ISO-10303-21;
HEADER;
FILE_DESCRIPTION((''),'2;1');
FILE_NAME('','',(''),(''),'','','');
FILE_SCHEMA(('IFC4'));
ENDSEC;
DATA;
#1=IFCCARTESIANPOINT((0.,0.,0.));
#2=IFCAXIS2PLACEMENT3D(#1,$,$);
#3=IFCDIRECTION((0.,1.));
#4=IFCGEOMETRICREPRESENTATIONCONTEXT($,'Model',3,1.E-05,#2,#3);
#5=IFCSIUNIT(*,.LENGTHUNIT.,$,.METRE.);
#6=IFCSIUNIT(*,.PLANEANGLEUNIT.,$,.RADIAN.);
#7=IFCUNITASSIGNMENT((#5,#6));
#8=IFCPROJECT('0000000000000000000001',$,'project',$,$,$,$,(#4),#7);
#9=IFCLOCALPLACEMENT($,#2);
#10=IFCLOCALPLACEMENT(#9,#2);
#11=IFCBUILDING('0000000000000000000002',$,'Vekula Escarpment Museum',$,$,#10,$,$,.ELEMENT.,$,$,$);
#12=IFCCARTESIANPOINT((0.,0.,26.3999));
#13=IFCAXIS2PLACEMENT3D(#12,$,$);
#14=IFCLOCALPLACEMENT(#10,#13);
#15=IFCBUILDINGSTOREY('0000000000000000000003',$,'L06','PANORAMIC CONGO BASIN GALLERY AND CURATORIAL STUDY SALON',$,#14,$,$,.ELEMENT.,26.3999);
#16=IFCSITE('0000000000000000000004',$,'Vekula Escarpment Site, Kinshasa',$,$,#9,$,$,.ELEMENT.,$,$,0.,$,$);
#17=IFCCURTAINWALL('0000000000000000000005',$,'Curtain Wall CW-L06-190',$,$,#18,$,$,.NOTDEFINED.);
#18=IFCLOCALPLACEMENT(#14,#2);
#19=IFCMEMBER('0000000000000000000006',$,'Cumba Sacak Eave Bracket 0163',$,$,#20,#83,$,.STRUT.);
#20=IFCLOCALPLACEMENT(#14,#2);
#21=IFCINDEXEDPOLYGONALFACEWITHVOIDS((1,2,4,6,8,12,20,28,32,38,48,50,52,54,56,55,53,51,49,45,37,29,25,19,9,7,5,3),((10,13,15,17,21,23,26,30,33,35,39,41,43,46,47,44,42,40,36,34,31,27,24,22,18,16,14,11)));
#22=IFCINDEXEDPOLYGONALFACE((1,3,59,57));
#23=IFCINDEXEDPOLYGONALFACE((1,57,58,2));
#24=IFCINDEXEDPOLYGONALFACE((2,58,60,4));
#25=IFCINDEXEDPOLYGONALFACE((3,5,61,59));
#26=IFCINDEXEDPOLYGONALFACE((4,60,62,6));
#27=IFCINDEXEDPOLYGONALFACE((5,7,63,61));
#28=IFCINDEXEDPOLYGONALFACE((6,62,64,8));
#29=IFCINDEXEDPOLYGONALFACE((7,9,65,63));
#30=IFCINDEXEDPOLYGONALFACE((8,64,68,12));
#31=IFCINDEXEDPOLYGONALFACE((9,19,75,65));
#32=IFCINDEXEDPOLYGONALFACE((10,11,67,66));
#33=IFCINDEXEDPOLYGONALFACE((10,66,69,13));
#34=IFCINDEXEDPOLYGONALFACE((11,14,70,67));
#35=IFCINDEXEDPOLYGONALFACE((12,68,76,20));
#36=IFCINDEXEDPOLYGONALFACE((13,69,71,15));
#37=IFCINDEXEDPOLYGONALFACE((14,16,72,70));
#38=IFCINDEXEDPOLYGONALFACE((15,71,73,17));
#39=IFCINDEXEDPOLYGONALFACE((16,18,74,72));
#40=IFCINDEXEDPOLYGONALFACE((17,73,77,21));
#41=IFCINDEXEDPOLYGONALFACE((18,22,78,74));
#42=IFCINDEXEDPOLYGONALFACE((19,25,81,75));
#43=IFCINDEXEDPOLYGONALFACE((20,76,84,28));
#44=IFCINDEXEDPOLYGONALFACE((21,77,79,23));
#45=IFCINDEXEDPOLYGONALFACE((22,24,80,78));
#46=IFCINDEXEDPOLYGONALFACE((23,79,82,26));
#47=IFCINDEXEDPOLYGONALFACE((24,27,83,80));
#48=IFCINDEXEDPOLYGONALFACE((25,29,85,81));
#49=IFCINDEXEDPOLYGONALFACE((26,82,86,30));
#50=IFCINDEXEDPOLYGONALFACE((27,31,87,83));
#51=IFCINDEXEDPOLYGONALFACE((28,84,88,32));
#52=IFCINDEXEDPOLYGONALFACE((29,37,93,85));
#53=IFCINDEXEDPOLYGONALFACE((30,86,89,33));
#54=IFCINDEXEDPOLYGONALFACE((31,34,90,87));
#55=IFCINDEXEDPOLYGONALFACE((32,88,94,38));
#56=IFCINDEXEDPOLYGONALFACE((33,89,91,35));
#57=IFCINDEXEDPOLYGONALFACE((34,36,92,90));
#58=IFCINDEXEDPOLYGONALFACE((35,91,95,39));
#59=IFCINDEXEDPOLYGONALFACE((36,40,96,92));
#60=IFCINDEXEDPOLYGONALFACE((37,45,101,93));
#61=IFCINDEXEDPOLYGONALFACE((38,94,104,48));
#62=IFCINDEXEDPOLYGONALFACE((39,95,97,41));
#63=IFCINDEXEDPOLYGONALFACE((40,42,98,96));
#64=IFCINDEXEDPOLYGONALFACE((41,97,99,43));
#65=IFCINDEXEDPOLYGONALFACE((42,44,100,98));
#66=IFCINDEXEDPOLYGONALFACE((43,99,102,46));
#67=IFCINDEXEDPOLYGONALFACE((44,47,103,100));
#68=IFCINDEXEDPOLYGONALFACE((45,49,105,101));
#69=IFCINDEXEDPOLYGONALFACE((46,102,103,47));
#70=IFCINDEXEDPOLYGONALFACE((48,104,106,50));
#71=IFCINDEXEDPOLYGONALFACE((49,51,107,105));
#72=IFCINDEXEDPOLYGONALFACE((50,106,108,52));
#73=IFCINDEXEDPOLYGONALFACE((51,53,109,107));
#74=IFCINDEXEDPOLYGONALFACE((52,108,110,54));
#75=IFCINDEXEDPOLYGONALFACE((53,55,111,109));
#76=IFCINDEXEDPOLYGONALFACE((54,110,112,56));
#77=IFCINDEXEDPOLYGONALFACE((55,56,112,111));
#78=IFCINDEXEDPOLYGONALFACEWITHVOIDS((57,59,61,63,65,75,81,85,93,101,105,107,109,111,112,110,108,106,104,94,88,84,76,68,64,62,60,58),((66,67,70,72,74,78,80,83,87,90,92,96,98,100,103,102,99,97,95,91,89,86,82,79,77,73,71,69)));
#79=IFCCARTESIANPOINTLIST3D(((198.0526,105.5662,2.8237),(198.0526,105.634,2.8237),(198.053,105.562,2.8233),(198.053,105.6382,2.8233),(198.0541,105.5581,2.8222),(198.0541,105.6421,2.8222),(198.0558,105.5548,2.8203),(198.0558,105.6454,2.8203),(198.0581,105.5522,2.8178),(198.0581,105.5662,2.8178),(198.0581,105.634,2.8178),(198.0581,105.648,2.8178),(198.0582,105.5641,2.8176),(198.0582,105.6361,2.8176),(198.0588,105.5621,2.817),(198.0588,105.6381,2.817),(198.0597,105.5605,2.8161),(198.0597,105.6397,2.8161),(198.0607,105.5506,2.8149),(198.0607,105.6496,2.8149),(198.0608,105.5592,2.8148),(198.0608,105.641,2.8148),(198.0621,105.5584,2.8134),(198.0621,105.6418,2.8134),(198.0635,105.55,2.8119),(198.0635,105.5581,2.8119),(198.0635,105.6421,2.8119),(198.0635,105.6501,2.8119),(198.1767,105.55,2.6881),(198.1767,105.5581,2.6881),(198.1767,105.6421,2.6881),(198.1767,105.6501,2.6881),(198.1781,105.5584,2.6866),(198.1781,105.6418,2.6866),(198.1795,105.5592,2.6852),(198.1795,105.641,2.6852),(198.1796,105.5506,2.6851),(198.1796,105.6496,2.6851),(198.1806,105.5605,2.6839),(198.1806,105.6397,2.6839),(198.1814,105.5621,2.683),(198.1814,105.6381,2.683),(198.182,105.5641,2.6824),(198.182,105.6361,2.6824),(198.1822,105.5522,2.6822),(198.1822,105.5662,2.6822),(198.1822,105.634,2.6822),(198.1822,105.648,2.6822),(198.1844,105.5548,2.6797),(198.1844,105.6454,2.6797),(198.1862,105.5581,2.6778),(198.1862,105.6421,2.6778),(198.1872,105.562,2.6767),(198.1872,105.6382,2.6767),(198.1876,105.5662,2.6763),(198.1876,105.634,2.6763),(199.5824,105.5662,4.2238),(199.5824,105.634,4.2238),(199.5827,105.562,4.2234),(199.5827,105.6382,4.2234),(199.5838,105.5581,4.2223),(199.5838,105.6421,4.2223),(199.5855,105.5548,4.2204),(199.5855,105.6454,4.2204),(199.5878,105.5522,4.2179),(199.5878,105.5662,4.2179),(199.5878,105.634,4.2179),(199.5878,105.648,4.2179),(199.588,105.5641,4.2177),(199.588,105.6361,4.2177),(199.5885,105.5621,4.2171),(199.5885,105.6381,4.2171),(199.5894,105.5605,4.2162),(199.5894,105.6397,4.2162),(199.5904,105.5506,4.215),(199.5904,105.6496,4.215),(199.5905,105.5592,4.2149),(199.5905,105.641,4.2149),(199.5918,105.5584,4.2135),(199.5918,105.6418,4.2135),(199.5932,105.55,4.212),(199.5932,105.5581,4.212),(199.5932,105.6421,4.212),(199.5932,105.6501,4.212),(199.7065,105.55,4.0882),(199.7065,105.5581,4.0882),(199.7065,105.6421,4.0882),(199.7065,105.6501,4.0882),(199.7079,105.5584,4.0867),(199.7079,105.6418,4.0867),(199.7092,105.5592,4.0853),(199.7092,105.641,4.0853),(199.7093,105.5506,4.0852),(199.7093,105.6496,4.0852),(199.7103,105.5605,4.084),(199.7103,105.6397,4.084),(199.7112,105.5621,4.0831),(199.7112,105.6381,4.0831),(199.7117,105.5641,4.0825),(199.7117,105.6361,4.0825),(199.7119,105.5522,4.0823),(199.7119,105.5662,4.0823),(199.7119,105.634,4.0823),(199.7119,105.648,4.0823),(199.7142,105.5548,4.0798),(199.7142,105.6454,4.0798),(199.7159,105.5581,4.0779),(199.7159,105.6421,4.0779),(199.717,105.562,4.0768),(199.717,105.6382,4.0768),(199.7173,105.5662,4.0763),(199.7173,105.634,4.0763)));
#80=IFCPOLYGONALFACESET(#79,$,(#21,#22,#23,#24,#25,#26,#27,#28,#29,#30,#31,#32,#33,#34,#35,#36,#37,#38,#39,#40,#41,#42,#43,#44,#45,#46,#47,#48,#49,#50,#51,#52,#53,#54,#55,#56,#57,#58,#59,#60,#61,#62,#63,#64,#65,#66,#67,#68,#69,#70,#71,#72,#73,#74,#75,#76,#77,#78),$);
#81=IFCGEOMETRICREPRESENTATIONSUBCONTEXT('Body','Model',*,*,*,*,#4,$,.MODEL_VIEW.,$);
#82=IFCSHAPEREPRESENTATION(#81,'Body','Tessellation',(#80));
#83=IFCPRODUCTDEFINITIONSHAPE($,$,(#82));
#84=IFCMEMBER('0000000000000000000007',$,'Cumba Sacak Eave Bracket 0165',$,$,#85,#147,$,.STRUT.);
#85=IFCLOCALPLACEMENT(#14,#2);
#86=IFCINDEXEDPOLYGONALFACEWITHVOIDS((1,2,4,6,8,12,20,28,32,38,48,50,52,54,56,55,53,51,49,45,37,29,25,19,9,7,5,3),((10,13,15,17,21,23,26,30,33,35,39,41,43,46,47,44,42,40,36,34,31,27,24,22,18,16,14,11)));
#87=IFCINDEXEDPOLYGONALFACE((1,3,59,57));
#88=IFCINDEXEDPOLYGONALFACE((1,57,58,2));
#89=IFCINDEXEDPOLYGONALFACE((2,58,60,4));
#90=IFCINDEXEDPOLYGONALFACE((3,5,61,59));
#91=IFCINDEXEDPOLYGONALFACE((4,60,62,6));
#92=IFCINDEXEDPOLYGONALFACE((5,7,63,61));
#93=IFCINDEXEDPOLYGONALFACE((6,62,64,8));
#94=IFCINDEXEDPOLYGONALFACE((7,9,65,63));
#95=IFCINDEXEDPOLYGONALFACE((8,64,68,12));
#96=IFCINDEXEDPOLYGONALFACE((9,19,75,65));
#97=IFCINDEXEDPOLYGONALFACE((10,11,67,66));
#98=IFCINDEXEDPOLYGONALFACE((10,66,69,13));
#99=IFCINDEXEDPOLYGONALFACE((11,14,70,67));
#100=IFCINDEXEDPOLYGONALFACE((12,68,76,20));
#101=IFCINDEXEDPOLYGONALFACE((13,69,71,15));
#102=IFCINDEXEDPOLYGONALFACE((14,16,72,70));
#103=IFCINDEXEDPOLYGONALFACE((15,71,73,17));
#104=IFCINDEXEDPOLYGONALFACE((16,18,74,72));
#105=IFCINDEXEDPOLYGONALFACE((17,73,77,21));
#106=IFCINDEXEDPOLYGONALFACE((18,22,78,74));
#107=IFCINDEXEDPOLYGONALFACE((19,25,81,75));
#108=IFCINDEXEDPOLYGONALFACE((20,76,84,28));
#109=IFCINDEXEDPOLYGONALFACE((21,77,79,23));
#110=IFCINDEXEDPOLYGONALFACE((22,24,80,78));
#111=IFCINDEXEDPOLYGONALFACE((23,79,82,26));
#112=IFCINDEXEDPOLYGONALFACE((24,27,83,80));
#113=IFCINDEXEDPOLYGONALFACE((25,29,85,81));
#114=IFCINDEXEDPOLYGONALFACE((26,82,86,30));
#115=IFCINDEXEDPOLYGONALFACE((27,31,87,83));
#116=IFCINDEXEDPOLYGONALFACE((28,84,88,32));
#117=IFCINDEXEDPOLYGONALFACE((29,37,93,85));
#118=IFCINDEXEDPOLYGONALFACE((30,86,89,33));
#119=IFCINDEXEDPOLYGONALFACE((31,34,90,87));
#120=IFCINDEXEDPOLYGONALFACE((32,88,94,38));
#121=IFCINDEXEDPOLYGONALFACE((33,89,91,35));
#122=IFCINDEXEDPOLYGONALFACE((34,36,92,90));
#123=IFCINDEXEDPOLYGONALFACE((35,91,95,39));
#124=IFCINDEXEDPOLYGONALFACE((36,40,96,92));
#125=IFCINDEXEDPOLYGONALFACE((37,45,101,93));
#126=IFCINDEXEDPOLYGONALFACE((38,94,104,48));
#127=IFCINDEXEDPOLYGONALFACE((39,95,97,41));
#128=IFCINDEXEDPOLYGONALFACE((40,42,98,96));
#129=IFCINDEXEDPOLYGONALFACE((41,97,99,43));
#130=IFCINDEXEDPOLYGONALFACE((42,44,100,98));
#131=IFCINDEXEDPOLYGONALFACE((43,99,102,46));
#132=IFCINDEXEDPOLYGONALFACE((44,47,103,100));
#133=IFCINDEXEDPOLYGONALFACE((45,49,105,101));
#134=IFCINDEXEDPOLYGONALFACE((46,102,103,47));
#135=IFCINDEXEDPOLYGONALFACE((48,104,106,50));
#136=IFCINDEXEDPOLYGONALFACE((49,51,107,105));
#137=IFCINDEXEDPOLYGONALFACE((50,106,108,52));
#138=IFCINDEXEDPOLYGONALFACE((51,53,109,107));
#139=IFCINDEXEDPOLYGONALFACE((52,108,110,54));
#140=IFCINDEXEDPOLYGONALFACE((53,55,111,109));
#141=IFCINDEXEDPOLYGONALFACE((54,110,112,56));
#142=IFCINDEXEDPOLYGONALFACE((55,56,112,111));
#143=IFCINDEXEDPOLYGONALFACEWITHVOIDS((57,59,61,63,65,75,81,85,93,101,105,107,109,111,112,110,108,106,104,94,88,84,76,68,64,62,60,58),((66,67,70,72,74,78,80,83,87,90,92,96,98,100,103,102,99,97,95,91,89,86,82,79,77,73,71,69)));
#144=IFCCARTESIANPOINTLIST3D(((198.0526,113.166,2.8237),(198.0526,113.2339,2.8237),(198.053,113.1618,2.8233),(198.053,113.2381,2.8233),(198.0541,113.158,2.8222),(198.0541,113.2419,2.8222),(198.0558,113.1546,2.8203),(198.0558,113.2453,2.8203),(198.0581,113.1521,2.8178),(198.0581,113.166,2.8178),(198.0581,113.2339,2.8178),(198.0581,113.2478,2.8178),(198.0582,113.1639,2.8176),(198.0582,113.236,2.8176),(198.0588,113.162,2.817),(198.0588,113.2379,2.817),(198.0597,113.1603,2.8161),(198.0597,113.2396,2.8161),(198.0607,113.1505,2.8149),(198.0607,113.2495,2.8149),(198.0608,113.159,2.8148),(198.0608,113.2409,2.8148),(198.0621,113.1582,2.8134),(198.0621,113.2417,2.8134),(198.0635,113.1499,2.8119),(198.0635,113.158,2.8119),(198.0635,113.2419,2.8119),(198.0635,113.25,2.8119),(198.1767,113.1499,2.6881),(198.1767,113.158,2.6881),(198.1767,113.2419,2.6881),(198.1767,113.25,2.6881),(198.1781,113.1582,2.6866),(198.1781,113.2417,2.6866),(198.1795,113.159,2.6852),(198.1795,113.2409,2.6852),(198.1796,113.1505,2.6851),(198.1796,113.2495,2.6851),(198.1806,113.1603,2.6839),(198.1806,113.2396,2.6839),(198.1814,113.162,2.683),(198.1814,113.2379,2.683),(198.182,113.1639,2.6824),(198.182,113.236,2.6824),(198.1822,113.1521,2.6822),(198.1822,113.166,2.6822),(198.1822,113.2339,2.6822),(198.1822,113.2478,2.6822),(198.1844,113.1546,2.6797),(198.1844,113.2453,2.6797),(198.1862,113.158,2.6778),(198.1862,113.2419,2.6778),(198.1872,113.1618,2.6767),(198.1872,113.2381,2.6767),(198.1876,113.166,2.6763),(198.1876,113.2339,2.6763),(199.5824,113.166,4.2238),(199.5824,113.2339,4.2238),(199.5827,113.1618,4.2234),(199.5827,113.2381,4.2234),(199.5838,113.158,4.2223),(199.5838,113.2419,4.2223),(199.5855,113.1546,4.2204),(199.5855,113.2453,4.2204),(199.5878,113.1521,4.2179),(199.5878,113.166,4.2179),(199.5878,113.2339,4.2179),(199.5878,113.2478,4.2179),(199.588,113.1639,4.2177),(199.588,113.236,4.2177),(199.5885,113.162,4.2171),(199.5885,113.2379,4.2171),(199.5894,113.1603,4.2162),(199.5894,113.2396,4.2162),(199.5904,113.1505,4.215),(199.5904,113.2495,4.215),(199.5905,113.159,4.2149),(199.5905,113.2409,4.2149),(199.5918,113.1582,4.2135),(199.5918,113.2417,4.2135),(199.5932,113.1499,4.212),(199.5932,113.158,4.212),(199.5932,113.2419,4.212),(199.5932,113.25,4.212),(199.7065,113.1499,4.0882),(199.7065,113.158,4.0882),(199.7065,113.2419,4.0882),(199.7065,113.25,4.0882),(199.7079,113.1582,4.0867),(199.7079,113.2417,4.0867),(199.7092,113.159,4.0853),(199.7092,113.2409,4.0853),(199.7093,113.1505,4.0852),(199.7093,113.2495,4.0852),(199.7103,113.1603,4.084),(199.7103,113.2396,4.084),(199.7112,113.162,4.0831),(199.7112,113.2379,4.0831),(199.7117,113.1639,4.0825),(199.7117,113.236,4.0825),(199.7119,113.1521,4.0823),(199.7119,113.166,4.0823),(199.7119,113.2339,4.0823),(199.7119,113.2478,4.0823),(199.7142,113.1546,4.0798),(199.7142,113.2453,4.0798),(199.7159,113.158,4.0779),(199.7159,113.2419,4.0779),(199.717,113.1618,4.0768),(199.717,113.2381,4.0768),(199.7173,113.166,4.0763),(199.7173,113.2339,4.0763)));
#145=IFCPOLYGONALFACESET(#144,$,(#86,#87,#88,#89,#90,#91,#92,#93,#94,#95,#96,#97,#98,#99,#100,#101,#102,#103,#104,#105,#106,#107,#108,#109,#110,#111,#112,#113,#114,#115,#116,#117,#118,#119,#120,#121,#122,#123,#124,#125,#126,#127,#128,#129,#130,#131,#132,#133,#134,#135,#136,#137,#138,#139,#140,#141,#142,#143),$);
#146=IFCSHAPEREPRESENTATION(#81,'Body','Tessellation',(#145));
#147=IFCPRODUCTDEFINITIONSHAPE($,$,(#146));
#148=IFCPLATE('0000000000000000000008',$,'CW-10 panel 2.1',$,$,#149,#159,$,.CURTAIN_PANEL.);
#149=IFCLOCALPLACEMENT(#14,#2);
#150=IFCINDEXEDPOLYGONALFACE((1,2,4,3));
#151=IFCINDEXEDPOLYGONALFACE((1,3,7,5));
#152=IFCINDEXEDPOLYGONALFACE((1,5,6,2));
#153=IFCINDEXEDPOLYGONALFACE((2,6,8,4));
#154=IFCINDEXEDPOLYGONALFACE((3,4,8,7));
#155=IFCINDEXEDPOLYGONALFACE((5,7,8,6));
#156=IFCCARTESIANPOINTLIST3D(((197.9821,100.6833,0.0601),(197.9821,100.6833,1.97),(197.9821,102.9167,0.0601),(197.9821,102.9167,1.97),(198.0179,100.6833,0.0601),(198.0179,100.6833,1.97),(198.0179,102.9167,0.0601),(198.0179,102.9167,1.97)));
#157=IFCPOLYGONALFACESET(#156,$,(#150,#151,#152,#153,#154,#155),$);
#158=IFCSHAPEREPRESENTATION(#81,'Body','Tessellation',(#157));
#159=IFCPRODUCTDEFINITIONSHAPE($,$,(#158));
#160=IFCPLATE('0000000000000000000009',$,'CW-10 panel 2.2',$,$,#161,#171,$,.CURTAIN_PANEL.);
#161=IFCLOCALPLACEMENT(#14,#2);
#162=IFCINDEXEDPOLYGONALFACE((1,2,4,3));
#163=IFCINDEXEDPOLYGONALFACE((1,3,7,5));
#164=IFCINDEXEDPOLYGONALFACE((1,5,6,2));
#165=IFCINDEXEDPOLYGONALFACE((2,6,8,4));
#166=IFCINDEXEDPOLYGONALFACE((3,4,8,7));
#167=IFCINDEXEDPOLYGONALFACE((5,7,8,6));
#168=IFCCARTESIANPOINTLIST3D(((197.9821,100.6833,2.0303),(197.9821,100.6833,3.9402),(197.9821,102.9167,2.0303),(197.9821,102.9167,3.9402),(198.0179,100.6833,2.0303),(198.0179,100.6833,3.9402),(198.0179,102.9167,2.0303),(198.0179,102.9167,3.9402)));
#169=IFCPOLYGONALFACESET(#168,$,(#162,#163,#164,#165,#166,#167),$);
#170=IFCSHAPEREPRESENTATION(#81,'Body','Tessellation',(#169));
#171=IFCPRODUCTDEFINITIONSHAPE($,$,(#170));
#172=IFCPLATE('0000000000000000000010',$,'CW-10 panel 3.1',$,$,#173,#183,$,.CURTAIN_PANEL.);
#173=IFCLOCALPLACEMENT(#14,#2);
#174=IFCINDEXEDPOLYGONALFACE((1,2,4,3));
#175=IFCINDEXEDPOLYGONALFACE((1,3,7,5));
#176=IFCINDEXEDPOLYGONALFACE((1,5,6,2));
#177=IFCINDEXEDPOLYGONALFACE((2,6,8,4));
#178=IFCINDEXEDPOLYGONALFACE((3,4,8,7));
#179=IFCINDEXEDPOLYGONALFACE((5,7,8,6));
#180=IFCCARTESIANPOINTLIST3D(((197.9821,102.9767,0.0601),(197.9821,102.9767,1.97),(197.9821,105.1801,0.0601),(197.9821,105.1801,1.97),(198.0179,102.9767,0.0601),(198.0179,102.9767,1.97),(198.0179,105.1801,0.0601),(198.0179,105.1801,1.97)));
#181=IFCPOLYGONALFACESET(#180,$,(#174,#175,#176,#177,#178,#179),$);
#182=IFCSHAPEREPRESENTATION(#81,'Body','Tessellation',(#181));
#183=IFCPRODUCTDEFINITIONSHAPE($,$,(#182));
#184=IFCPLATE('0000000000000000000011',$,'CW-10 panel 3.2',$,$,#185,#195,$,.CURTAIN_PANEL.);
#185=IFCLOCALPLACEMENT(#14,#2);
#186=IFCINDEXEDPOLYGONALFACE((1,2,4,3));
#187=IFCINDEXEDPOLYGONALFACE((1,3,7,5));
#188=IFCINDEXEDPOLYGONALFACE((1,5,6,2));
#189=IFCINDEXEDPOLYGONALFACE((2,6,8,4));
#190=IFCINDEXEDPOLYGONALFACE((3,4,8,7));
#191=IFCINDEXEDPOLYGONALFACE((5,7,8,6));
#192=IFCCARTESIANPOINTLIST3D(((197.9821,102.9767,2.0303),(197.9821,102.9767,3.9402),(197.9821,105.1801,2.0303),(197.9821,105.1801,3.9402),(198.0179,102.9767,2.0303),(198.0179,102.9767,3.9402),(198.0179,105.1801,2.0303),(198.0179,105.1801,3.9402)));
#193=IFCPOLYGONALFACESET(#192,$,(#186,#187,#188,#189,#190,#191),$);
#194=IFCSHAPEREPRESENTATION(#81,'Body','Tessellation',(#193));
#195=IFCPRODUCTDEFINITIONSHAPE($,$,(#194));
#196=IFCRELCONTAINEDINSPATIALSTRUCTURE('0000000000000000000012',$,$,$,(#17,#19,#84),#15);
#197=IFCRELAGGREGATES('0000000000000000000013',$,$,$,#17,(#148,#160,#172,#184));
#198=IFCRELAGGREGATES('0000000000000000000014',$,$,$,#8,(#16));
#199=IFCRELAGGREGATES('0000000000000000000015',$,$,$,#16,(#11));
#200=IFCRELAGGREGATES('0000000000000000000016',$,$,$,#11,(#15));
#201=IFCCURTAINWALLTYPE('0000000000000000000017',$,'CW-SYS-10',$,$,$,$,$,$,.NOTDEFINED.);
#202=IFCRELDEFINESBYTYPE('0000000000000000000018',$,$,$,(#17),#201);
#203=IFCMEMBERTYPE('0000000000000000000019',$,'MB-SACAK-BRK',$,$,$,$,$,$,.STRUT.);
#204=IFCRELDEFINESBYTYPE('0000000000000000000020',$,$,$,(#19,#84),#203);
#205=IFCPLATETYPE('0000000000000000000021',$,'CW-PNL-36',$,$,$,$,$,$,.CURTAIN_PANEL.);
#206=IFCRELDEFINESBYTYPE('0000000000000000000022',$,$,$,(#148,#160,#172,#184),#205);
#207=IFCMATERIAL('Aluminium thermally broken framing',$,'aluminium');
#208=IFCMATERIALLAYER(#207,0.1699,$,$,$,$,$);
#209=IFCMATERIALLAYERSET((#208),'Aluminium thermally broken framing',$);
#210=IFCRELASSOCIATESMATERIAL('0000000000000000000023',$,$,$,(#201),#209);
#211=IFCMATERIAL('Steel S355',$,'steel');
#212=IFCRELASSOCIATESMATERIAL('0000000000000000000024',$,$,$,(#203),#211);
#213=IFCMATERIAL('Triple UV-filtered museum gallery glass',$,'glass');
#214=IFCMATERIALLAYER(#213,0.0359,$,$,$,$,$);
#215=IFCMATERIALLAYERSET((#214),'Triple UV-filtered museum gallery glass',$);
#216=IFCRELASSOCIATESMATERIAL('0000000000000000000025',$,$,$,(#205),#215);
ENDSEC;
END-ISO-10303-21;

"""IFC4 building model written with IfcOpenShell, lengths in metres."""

from ifc_helpers import new_model, si_unit, direction, frame, origin, origin_2d, place, context, subcontext, project, spatial, rectangle, hollow_rectangle, extrude, material, layer, layer_set, material_profile, profile_set, type_object, element, aggregate, save


model = new_model("IFC4")

# Units and contexts
model_context = context("Model", 3, precision=1e-05, world=origin(), true_north=direction((0.0, 1.0)))
body_context = subcontext(model_context, "Body", "Model", "MODEL_VIEW")
ifc_project = project(units=[si_unit("LENGTHUNIT", "METRE"), si_unit("PLANEANGLEUNIT", "RADIAN")], contexts=[model_context])

# Site, building, storey
site_placement = place(None, origin())
site = spatial("IfcSite", under=ifc_project, at=site_placement, Name="Vekula Escarpment Site, Kinshasa", CompositionType="ELEMENT", RefElevation=0.0)
building_placement = place(site_placement, origin())
building = spatial("IfcBuilding", under=site, at=building_placement, Name="Vekula Escarpment Museum", CompositionType="ELEMENT")
storey_placement = place(building_placement, frame((0.0, 0.0, 26.3999)))
storey = spatial("IfcBuildingStorey", under=building, at=storey_placement, Name="L06", Description="PANORAMIC CONGO BASIN GALLERY AND CURATORIAL STUDY SALON", CompositionType="ELEMENT", Elevation=26.3999)

# Curtain wall
ifc_material_1 = material(Name="Aluminium thermally broken framing", Category="aluminium")
ifc_layer_1 = layer(ifc_material_1, 0.1699)
ifc_layer_set_1 = layer_set([ifc_layer_1], Name="Aluminium thermally broken framing")
curtain_wall_type = type_object("IfcCurtainWallType", Name="CW-SYS-10", PredefinedType="NOTDEFINED", material=ifc_layer_set_1)
curtain_wall_placement = place(storey_placement, origin())
curtain_wall = element("IfcCurtainWall", 1, at=curtain_wall_placement, inside=storey, type_object=curtain_wall_type, Name="Curtain Wall CW-L06-190", PredefinedType="NOTDEFINED")

# Members
ifc_material_2 = material(Name="Steel S355", Category="steel")
ifc_material_profile_1 = material_profile(ifc_material_2, hollow_rectangle(XDim=0.1001, YDim=0.2, WallThickness=0.0081, InnerFilletRadius=0.0081, OuterFilletRadius=0.0161, at=origin_2d()), Name="RHS 200x100x8")
ifc_profile_set_1 = profile_set([ifc_material_profile_1], Name="Steel S355")
member_type_1 = type_object("IfcMemberType", Name="MB-SACAK-BRK", PredefinedType="STRUT", material=ifc_profile_set_1)
for number, where, z_axis, x_axis, name in (
    (2, (198.1201, 105.6001, 2.75), (0.737672, 0.0, 0.675159), (0.0, 1.0, 0.0), "Cumba Sacak Eave Bracket 0163"),
    (3, (198.1201, 113.2, 2.75), (0.737672, 0.0, 0.675159), (0.0, 1.0, 0.0), "Cumba Sacak Eave Bracket 0165"),
):
    element("IfcMember", number, at=place(storey_placement, frame(where, z_axis=z_axis, x_axis=x_axis)), inside=storey, type_object=member_type_1, Name=name, PredefinedType="STRUT", context=body_context, shape_type="SweptSolid", body=[
        extrude(hollow_rectangle(XDim=0.1001, YDim=0.2, WallThickness=0.0081, InnerFilletRadius=0.0081, OuterFilletRadius=0.0161, at=origin_2d()), origin(), (0.0, 0.0, 1.0), 2.0737),
    ])

# Plates
ifc_material_3 = material(Name="Triple UV-filtered museum gallery glass", Category="glass")
ifc_layer_2 = layer(ifc_material_3, 0.0359)
ifc_layer_set_2 = layer_set([ifc_layer_2], Name="Triple UV-filtered museum gallery glass")
plate_type_1 = type_object("IfcPlateType", Name="CW-PNL-36", PredefinedType="CURTAIN_PANEL", material=ifc_layer_set_2)
plate_1_placement = place(storey_placement, frame((198.0, 101.8, 0.0601), z_axis=(0.0, 0.0, 1.0), x_axis=(0.0, 1.0, 0.0)))
plate_1 = element("IfcPlate", 4, at=plate_1_placement, type_object=plate_type_1, Name="CW-10 panel 2.1", PredefinedType="CURTAIN_PANEL", context=body_context, shape_type="SweptSolid", body=[
    extrude(rectangle(XDim=2.2334, YDim=0.0359, at=origin_2d()), origin(), (0.0, 0.0, 1.0), 1.9099),
])
plate_2_placement = place(storey_placement, frame((198.0, 101.8, 2.0303), z_axis=(0.0, 0.0, 1.0), x_axis=(0.0, 1.0, 0.0)))
plate_2 = element("IfcPlate", 5, at=plate_2_placement, type_object=plate_type_1, Name="CW-10 panel 2.2", PredefinedType="CURTAIN_PANEL", context=body_context, shape_type="SweptSolid", body=[
    extrude(rectangle(XDim=2.2334, YDim=0.0359, at=origin_2d()), origin(), (0.0, 0.0, 1.0), 1.9099),
])
plate_3_placement = place(storey_placement, frame((198.0, 104.0784, 0.0601), z_axis=(0.0, 0.0, 1.0), x_axis=(0.0, 1.0, 0.0)))
plate_3 = element("IfcPlate", 6, at=plate_3_placement, type_object=plate_type_1, Name="CW-10 panel 3.1", PredefinedType="CURTAIN_PANEL", context=body_context, shape_type="SweptSolid", body=[
    extrude(rectangle(XDim=2.2034, YDim=0.0359, at=origin_2d()), origin(), (0.0, 0.0, 1.0), 1.9099),
])
plate_4_placement = place(storey_placement, frame((198.0, 104.0784, 2.0303), z_axis=(0.0, 0.0, 1.0), x_axis=(0.0, 1.0, 0.0)))
plate_4 = element("IfcPlate", 7, at=plate_4_placement, type_object=plate_type_1, Name="CW-10 panel 3.2", PredefinedType="CURTAIN_PANEL", context=body_context, shape_type="SweptSolid", body=[
    extrude(rectangle(XDim=2.2034, YDim=0.0359, at=origin_2d()), origin(), (0.0, 0.0, 1.0), 1.9099),
])
aggregate(curtain_wall, [plate_1, plate_2, plate_3, plate_4])

save(model, "model.ifc")
